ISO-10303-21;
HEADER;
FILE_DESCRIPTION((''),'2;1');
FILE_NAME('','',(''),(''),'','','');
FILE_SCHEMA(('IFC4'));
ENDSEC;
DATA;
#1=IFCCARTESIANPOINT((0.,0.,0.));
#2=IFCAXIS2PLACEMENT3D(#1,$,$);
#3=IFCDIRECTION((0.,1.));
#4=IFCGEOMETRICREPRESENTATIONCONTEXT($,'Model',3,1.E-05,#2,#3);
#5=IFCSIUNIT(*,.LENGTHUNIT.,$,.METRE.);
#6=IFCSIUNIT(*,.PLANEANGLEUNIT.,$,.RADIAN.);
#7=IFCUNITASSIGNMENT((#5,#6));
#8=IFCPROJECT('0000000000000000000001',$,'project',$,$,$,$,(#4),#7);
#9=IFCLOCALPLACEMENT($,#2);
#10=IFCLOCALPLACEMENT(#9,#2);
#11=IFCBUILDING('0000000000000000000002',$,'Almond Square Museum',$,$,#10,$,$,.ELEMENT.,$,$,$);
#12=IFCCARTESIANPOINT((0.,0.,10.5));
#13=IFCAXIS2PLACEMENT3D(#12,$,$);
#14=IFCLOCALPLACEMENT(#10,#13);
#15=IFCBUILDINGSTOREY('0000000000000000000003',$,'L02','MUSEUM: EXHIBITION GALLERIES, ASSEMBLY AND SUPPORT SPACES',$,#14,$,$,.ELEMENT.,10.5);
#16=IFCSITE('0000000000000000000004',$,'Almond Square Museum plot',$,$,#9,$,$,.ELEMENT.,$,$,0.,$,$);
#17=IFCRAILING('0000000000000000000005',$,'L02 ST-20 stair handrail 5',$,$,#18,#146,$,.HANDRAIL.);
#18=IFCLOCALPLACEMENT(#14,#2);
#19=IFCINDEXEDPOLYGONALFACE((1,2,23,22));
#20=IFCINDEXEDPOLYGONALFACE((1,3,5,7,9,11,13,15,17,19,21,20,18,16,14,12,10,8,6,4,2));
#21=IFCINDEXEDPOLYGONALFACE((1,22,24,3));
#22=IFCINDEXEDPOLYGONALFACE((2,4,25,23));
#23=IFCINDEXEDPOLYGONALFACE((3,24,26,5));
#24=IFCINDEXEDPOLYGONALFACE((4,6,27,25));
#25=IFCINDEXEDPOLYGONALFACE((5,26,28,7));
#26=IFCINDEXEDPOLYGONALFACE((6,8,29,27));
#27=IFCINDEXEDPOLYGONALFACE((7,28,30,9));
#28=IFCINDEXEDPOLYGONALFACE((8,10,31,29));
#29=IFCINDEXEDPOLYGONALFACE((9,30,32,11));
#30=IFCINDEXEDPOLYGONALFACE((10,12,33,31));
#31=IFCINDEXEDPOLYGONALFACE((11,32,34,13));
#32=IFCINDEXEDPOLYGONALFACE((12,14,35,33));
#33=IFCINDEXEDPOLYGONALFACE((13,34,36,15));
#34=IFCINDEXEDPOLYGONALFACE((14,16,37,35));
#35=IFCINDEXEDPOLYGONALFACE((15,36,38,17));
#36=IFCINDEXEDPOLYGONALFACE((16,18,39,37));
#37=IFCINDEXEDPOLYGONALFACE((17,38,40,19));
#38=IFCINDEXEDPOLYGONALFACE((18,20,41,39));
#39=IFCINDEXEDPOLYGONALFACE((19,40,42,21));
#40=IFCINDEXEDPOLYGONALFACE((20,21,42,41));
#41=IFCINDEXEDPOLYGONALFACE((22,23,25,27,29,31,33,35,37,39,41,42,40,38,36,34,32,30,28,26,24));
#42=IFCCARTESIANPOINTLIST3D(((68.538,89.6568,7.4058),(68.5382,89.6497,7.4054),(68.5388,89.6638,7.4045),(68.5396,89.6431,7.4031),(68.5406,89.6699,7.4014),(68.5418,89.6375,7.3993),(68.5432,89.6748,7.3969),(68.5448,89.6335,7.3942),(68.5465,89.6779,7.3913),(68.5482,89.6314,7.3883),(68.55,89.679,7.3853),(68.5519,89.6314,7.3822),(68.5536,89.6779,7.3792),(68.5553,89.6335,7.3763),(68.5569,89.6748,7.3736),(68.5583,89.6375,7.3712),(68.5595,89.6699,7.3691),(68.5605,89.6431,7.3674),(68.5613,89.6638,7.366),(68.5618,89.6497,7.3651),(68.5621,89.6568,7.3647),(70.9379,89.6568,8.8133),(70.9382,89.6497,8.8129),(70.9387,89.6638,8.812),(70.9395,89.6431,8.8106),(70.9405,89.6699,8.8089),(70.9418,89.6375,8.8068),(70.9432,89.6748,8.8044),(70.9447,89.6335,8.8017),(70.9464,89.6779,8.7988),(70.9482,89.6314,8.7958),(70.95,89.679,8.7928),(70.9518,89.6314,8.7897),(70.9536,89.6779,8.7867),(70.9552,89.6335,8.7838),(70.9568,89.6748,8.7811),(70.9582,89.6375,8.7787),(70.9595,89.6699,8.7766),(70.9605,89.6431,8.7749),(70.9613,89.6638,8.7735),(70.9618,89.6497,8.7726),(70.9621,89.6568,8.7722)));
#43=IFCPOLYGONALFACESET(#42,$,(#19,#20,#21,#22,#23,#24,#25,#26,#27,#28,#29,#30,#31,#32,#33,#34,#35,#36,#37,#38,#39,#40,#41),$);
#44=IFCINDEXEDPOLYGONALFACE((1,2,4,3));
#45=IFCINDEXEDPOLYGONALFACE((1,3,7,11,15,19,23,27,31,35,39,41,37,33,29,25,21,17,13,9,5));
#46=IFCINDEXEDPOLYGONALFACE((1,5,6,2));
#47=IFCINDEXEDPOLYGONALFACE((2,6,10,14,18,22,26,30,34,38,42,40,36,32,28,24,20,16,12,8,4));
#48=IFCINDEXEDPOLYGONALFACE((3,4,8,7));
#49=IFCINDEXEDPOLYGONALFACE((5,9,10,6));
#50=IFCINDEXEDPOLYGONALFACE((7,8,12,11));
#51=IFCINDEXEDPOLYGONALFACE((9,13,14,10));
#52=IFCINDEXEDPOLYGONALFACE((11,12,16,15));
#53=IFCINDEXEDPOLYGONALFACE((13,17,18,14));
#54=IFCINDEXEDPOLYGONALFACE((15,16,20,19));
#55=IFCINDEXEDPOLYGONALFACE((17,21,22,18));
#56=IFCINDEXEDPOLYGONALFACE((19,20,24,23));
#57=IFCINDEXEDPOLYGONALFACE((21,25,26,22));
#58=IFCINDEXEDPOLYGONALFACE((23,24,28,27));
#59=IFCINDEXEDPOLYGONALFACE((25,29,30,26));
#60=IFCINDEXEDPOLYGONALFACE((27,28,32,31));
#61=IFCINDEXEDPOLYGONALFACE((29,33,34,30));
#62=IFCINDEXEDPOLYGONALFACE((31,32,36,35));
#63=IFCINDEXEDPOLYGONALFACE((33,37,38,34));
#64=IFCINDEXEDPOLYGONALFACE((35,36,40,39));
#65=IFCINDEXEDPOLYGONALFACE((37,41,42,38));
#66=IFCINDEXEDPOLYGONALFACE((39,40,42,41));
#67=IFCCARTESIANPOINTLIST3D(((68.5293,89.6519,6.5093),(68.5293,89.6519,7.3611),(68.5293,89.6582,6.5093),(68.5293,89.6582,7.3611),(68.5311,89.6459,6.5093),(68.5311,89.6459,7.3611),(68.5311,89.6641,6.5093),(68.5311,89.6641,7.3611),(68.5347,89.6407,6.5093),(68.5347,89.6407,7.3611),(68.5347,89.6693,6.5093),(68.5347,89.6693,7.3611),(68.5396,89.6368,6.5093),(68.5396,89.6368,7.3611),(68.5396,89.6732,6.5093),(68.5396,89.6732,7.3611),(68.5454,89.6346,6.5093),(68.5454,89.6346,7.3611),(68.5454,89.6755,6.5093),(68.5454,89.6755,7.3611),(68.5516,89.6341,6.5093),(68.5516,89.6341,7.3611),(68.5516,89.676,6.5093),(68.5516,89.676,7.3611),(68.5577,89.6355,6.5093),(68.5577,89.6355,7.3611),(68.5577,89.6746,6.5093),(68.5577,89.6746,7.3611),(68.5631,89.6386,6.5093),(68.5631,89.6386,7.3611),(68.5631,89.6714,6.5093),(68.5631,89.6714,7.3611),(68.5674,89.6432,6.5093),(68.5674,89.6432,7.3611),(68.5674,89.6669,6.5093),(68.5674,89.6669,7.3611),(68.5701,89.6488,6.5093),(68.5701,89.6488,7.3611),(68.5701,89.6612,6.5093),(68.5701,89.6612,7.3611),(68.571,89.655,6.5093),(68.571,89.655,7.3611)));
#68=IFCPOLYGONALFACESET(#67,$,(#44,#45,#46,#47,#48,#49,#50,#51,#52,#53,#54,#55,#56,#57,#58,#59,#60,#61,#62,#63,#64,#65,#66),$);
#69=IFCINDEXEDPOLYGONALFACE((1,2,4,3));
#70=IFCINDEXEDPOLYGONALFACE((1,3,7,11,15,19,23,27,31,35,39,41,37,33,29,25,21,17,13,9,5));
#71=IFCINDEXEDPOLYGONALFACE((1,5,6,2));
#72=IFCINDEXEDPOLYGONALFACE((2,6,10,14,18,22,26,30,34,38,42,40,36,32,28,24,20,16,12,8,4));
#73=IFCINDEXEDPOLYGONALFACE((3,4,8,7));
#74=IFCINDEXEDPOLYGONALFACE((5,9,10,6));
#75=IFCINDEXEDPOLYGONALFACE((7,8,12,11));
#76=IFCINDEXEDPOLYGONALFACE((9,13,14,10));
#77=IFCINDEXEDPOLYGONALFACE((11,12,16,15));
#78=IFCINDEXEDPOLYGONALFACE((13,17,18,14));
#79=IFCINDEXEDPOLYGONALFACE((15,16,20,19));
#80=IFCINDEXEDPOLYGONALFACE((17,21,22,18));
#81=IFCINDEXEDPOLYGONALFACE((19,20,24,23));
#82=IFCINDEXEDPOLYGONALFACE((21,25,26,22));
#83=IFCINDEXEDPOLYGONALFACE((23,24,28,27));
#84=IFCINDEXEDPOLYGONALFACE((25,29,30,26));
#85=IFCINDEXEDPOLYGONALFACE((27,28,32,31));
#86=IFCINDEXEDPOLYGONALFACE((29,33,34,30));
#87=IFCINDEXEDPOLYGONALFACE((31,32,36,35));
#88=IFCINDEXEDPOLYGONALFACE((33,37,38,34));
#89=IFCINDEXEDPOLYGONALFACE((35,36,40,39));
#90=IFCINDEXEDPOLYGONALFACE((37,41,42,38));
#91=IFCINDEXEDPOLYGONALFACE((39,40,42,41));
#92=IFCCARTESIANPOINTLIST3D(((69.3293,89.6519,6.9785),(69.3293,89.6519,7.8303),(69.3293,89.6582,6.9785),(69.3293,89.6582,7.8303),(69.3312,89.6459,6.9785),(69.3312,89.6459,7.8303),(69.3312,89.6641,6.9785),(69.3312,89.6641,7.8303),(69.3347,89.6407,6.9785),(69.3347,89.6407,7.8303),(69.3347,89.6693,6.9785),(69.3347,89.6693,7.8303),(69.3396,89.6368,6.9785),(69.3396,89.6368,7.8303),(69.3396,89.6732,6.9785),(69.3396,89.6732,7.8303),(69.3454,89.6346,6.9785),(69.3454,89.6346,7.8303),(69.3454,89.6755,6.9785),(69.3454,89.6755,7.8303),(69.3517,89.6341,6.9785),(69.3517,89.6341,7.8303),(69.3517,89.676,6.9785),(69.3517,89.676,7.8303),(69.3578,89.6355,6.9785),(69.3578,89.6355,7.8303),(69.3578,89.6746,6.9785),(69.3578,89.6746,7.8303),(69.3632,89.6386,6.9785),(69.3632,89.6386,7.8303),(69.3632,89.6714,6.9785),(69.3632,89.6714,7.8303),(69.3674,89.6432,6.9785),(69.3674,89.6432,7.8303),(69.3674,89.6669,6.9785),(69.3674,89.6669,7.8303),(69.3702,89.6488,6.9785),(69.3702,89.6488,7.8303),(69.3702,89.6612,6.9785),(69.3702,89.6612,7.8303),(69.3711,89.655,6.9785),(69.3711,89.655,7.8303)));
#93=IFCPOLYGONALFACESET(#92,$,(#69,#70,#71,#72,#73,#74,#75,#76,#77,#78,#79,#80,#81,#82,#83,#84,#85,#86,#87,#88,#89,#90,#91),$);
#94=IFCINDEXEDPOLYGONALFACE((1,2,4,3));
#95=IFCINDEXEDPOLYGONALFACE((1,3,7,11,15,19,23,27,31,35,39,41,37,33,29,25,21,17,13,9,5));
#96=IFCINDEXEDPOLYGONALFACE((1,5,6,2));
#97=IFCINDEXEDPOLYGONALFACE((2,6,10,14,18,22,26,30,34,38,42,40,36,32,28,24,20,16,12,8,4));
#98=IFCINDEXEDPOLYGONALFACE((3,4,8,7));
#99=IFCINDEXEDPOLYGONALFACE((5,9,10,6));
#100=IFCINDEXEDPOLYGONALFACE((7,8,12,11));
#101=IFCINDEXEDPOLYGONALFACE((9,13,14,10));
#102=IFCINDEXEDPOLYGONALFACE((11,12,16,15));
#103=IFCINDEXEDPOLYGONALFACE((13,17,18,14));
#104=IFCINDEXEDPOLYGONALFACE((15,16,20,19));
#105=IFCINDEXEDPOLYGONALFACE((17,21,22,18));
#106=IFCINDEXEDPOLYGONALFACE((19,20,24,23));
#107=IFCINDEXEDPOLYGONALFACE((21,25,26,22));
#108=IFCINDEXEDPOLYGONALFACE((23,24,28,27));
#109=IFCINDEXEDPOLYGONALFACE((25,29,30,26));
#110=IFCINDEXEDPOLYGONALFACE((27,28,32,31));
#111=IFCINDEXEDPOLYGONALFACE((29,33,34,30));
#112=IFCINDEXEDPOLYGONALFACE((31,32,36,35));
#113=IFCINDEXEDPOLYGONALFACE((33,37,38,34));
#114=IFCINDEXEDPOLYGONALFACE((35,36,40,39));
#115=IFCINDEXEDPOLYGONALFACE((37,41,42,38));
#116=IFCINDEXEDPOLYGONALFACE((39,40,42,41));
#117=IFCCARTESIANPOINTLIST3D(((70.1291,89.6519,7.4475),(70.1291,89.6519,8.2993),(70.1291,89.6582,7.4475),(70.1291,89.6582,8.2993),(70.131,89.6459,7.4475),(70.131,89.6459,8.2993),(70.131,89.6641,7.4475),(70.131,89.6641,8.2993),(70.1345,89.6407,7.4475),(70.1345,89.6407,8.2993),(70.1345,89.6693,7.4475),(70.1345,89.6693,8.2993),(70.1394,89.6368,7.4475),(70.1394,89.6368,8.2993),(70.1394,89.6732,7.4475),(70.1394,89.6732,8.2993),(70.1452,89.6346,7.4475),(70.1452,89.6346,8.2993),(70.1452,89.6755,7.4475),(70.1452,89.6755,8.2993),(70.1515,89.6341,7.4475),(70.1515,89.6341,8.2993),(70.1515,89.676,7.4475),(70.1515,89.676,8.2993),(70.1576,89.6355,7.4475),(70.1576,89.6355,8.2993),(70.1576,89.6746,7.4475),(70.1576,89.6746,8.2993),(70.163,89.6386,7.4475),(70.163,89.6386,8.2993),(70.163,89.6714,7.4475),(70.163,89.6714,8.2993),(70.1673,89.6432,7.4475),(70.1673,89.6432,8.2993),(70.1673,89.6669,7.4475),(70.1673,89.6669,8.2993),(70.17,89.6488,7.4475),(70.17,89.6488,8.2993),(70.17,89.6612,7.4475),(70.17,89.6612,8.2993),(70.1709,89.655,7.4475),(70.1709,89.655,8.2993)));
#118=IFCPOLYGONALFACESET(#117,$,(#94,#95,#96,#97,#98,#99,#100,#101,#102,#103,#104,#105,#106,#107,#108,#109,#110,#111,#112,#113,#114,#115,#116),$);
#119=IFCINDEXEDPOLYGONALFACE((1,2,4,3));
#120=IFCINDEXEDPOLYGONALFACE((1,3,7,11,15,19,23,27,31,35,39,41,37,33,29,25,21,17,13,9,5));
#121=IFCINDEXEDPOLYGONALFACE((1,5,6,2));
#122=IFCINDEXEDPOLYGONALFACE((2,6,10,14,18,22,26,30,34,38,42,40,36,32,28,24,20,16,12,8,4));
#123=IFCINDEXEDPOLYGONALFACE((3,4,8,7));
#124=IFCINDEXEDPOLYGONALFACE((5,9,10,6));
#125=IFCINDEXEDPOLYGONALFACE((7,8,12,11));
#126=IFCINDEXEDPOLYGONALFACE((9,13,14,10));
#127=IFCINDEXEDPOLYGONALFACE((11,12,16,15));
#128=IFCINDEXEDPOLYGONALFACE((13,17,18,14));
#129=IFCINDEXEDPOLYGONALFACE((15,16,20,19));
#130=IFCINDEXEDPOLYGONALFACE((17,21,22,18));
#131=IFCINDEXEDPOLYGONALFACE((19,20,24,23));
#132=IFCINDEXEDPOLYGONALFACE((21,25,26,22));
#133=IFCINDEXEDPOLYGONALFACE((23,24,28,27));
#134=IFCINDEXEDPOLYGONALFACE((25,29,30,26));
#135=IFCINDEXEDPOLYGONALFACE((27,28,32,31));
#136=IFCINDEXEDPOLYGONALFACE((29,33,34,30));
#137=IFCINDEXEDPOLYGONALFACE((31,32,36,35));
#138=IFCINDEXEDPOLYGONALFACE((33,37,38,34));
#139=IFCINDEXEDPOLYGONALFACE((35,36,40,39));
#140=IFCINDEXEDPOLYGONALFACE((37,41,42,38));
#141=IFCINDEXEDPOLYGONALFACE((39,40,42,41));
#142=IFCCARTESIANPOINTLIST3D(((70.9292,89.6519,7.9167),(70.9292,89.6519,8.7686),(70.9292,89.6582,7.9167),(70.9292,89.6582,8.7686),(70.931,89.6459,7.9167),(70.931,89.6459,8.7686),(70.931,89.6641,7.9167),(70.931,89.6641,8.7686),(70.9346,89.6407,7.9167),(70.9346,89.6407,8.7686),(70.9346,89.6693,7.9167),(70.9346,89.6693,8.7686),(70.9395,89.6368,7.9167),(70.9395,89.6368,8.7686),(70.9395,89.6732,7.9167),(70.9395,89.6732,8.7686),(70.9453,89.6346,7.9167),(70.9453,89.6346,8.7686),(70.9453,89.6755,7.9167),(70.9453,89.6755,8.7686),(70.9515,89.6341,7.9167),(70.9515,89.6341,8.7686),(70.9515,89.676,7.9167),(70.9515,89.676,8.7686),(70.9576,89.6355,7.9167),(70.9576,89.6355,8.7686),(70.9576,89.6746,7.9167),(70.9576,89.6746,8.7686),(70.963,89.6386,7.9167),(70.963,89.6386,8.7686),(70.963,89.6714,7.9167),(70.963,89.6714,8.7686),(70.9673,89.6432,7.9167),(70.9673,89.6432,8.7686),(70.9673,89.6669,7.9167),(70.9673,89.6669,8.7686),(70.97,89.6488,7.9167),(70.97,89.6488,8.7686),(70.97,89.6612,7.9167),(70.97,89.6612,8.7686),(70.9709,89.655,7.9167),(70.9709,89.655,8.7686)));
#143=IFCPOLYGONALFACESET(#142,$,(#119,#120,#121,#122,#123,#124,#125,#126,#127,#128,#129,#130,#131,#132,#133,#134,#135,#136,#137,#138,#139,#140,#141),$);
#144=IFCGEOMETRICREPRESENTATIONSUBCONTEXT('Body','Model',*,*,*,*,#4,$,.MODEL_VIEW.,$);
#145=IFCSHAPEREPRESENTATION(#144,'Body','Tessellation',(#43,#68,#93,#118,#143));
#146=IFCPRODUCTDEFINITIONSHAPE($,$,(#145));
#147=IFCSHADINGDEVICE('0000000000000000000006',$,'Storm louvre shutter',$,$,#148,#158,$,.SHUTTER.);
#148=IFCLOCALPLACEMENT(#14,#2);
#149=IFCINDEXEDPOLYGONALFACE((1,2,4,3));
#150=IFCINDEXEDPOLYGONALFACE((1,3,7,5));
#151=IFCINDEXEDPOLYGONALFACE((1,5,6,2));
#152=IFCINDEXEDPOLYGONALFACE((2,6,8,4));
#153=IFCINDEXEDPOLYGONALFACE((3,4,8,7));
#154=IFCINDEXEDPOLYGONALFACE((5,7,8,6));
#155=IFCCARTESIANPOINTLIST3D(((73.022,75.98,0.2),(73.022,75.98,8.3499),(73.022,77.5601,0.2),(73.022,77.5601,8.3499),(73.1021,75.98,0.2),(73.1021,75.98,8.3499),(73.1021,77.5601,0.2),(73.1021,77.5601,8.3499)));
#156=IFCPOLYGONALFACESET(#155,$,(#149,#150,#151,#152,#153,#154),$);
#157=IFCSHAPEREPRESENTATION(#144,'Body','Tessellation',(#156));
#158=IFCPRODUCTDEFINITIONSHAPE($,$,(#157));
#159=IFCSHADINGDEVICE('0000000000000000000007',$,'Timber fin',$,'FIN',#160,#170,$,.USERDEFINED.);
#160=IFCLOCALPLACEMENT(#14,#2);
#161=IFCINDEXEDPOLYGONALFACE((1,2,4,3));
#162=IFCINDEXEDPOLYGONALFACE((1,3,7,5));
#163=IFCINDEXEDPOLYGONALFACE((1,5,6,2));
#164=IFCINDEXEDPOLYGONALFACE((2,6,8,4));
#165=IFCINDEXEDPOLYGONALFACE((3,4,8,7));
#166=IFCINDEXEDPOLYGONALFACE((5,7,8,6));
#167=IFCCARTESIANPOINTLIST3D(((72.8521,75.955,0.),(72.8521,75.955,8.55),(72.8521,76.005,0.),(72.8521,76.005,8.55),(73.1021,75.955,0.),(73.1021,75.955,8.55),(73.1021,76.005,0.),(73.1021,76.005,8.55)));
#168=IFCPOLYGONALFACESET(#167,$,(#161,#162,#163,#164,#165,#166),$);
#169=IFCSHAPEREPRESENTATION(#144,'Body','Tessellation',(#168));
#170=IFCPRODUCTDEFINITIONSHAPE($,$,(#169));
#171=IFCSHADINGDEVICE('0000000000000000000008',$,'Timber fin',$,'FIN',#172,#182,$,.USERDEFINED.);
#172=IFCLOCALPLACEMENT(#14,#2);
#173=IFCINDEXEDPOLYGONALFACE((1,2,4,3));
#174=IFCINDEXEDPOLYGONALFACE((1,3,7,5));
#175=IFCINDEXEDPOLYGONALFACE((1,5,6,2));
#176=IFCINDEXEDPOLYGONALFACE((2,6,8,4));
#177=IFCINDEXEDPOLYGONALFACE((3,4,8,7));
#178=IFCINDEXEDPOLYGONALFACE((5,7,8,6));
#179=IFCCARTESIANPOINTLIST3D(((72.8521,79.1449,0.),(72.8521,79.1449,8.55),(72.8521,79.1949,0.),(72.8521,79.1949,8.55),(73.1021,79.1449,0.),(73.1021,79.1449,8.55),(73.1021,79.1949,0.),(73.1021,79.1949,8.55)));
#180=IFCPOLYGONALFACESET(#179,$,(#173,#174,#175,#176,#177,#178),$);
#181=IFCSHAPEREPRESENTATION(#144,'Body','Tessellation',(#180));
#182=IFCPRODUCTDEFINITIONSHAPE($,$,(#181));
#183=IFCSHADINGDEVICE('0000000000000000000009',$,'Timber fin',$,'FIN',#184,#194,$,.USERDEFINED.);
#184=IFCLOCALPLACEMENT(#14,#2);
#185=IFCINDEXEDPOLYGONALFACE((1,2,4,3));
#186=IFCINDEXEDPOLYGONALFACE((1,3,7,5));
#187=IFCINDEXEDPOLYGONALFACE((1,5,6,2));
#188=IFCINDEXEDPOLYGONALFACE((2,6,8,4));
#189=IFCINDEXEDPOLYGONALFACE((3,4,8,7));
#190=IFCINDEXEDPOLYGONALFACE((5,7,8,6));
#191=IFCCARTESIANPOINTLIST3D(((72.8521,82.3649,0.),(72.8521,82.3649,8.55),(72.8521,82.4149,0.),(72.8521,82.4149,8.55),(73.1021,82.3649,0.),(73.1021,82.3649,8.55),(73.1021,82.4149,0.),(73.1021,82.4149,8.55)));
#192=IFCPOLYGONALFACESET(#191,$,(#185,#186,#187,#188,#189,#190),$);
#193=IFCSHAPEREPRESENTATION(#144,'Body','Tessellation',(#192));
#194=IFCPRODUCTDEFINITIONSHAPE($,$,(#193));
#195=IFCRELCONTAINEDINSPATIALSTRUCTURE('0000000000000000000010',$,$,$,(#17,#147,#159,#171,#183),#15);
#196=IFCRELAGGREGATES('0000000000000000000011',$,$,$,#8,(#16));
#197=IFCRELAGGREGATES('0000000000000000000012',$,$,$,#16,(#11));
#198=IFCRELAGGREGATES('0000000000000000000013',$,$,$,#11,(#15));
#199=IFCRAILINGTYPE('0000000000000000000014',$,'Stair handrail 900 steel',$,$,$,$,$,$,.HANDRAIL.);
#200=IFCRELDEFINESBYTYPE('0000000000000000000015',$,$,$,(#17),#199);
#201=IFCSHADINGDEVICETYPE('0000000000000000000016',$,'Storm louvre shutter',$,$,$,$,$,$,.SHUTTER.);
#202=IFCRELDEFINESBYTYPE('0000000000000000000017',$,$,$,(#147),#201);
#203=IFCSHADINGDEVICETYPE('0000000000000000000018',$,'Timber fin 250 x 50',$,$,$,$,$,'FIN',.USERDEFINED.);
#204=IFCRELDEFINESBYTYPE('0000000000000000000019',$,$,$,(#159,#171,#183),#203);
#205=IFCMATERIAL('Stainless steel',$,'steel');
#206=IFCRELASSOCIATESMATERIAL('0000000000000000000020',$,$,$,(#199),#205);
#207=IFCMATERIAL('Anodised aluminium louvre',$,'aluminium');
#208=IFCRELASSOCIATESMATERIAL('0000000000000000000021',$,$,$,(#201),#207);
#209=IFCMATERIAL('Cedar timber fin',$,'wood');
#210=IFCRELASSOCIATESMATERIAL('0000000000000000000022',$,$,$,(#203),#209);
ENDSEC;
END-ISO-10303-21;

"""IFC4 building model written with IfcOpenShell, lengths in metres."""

from ifc_helpers import new_model, si_unit, direction, frame, origin, origin_2d, place, context, subcontext, project, spatial, rectangle, circle, extrude, material, material_profile, profile_set, type_object, element, save


model = new_model("IFC4")

# Units and contexts
model_context = context("Model", 3, precision=1e-05, world=origin(), true_north=direction((0.0, 1.0)))
body_context = subcontext(model_context, "Body", "Model", "MODEL_VIEW")
ifc_project = project(units=[si_unit("LENGTHUNIT", "METRE"), si_unit("PLANEANGLEUNIT", "RADIAN")], contexts=[model_context])

# Site, building, storey
site_placement = place(None, origin())
site = spatial("IfcSite", under=ifc_project, at=site_placement, Name="Almond Square Museum plot", CompositionType="ELEMENT", RefElevation=0.0)
building_placement = place(site_placement, origin())
building = spatial("IfcBuilding", under=site, at=building_placement, Name="Almond Square Museum", CompositionType="ELEMENT")
storey_placement = place(building_placement, frame((0.0, 0.0, 10.5)))
storey = spatial("IfcBuildingStorey", under=building, at=storey_placement, Name="L02", Description="MUSEUM: EXHIBITION GALLERIES, ASSEMBLY AND SUPPORT SPACES", CompositionType="ELEMENT", Elevation=10.5)

# Railing
ifc_material_1 = material(Name="Stainless steel", Category="steel")
railing_type_1 = type_object("IfcRailingType", Name="Stair handrail 900 steel", PredefinedType="HANDRAIL", material=ifc_material_1)
for number, where, name in (
    (1, (68.55, 89.655, 6.5093), "L02 ST-20 stair handrail 5"),
):
    element("IfcRailing", number, at=place(storey_placement, frame(where)), inside=storey, type_object=railing_type_1, Name=name, PredefinedType="HANDRAIL", context=body_context, shape_type="SweptSolid", body=[
        extrude(circle(Radius=0.0239, at=origin_2d()), frame((0.0, 0.0, 0.876), z_axis=(0.862599, 0.0, 0.505888), x_axis=(0.0, 1.0, 0.0)), (0.0, 0.0, 1.0), 2.7822),
        extrude(circle(Radius=0.021, at=origin_2d()), origin(), (0.0, 0.0, 1.0), 0.8518),
        extrude(circle(Radius=0.021, at=origin_2d()), frame((0.8, 0.0, 0.4692)), (0.0, 0.0, 1.0), 0.8518),
        extrude(circle(Radius=0.021, at=origin_2d()), frame((1.5999, 0.0, 0.9382)), (0.0, 0.0, 1.0), 0.8518),
        extrude(circle(Radius=0.021, at=origin_2d()), frame((2.3999, 0.0, 1.4075)), (0.0, 0.0, 1.0), 0.8518),
    ])

# Shading devices
ifc_material_2 = material(Name="Anodised aluminium louvre", Category="aluminium")
shading_device_type_1 = type_object("IfcShadingDeviceType", Name="Storm louvre shutter", PredefinedType="SHUTTER", material=ifc_material_2)
shading_device_placement = place(storey_placement, frame((73.062, 76.77, 0.2), z_axis=(0.0, 0.0, 1.0), x_axis=(1.0, 0.0, 0.0)))
element("IfcShadingDevice", 2, at=shading_device_placement, inside=storey, type_object=shading_device_type_1, Name="Storm louvre shutter", PredefinedType="SHUTTER", context=body_context, shape_type="SweptSolid", body=[
    extrude(rectangle(XDim=0.0801, YDim=1.5801, at=origin_2d()), origin(), (0.0, 0.0, 1.0), 8.1499),
])
ifc_material_3 = material(Name="Cedar timber fin", Category="wood")
ifc_material_profile = material_profile(ifc_material_3, rectangle(XDim=0.25, YDim=0.05, at=origin_2d()))
ifc_profile_set = profile_set([ifc_material_profile], Name="Cedar timber fin")
shading_device_type_2 = type_object("IfcShadingDeviceType", Name="Timber fin 250 x 50", ElementType="FIN", PredefinedType="USERDEFINED", material=ifc_profile_set)
for number, where, z_axis, x_axis, name in (
    (3, (72.9771, 75.98, 0.0), (0.0, 0.0, 1.0), (-1.0, 0.0, 0.0), "Timber fin"),
    (4, (72.9771, 79.1699, 0.0), (0.0, 0.0, 1.0), (-1.0, 0.0, 0.0), "Timber fin"),
    (5, (72.9771, 82.3899, 0.0), (0.0, 0.0, 1.0), (-1.0, 0.0, 0.0), "Timber fin"),
):
    element("IfcShadingDevice", number, at=place(storey_placement, frame(where, z_axis=z_axis, x_axis=x_axis)), inside=storey, type_object=shading_device_type_2, Name=name, ObjectType="FIN", PredefinedType="USERDEFINED", context=body_context, shape_type="SweptSolid", body=[
        extrude(rectangle(XDim=0.25, YDim=0.05, at=origin_2d()), origin(), (0.0, 0.0, 1.0), 8.55),
    ])

save(model, "model.ifc")
